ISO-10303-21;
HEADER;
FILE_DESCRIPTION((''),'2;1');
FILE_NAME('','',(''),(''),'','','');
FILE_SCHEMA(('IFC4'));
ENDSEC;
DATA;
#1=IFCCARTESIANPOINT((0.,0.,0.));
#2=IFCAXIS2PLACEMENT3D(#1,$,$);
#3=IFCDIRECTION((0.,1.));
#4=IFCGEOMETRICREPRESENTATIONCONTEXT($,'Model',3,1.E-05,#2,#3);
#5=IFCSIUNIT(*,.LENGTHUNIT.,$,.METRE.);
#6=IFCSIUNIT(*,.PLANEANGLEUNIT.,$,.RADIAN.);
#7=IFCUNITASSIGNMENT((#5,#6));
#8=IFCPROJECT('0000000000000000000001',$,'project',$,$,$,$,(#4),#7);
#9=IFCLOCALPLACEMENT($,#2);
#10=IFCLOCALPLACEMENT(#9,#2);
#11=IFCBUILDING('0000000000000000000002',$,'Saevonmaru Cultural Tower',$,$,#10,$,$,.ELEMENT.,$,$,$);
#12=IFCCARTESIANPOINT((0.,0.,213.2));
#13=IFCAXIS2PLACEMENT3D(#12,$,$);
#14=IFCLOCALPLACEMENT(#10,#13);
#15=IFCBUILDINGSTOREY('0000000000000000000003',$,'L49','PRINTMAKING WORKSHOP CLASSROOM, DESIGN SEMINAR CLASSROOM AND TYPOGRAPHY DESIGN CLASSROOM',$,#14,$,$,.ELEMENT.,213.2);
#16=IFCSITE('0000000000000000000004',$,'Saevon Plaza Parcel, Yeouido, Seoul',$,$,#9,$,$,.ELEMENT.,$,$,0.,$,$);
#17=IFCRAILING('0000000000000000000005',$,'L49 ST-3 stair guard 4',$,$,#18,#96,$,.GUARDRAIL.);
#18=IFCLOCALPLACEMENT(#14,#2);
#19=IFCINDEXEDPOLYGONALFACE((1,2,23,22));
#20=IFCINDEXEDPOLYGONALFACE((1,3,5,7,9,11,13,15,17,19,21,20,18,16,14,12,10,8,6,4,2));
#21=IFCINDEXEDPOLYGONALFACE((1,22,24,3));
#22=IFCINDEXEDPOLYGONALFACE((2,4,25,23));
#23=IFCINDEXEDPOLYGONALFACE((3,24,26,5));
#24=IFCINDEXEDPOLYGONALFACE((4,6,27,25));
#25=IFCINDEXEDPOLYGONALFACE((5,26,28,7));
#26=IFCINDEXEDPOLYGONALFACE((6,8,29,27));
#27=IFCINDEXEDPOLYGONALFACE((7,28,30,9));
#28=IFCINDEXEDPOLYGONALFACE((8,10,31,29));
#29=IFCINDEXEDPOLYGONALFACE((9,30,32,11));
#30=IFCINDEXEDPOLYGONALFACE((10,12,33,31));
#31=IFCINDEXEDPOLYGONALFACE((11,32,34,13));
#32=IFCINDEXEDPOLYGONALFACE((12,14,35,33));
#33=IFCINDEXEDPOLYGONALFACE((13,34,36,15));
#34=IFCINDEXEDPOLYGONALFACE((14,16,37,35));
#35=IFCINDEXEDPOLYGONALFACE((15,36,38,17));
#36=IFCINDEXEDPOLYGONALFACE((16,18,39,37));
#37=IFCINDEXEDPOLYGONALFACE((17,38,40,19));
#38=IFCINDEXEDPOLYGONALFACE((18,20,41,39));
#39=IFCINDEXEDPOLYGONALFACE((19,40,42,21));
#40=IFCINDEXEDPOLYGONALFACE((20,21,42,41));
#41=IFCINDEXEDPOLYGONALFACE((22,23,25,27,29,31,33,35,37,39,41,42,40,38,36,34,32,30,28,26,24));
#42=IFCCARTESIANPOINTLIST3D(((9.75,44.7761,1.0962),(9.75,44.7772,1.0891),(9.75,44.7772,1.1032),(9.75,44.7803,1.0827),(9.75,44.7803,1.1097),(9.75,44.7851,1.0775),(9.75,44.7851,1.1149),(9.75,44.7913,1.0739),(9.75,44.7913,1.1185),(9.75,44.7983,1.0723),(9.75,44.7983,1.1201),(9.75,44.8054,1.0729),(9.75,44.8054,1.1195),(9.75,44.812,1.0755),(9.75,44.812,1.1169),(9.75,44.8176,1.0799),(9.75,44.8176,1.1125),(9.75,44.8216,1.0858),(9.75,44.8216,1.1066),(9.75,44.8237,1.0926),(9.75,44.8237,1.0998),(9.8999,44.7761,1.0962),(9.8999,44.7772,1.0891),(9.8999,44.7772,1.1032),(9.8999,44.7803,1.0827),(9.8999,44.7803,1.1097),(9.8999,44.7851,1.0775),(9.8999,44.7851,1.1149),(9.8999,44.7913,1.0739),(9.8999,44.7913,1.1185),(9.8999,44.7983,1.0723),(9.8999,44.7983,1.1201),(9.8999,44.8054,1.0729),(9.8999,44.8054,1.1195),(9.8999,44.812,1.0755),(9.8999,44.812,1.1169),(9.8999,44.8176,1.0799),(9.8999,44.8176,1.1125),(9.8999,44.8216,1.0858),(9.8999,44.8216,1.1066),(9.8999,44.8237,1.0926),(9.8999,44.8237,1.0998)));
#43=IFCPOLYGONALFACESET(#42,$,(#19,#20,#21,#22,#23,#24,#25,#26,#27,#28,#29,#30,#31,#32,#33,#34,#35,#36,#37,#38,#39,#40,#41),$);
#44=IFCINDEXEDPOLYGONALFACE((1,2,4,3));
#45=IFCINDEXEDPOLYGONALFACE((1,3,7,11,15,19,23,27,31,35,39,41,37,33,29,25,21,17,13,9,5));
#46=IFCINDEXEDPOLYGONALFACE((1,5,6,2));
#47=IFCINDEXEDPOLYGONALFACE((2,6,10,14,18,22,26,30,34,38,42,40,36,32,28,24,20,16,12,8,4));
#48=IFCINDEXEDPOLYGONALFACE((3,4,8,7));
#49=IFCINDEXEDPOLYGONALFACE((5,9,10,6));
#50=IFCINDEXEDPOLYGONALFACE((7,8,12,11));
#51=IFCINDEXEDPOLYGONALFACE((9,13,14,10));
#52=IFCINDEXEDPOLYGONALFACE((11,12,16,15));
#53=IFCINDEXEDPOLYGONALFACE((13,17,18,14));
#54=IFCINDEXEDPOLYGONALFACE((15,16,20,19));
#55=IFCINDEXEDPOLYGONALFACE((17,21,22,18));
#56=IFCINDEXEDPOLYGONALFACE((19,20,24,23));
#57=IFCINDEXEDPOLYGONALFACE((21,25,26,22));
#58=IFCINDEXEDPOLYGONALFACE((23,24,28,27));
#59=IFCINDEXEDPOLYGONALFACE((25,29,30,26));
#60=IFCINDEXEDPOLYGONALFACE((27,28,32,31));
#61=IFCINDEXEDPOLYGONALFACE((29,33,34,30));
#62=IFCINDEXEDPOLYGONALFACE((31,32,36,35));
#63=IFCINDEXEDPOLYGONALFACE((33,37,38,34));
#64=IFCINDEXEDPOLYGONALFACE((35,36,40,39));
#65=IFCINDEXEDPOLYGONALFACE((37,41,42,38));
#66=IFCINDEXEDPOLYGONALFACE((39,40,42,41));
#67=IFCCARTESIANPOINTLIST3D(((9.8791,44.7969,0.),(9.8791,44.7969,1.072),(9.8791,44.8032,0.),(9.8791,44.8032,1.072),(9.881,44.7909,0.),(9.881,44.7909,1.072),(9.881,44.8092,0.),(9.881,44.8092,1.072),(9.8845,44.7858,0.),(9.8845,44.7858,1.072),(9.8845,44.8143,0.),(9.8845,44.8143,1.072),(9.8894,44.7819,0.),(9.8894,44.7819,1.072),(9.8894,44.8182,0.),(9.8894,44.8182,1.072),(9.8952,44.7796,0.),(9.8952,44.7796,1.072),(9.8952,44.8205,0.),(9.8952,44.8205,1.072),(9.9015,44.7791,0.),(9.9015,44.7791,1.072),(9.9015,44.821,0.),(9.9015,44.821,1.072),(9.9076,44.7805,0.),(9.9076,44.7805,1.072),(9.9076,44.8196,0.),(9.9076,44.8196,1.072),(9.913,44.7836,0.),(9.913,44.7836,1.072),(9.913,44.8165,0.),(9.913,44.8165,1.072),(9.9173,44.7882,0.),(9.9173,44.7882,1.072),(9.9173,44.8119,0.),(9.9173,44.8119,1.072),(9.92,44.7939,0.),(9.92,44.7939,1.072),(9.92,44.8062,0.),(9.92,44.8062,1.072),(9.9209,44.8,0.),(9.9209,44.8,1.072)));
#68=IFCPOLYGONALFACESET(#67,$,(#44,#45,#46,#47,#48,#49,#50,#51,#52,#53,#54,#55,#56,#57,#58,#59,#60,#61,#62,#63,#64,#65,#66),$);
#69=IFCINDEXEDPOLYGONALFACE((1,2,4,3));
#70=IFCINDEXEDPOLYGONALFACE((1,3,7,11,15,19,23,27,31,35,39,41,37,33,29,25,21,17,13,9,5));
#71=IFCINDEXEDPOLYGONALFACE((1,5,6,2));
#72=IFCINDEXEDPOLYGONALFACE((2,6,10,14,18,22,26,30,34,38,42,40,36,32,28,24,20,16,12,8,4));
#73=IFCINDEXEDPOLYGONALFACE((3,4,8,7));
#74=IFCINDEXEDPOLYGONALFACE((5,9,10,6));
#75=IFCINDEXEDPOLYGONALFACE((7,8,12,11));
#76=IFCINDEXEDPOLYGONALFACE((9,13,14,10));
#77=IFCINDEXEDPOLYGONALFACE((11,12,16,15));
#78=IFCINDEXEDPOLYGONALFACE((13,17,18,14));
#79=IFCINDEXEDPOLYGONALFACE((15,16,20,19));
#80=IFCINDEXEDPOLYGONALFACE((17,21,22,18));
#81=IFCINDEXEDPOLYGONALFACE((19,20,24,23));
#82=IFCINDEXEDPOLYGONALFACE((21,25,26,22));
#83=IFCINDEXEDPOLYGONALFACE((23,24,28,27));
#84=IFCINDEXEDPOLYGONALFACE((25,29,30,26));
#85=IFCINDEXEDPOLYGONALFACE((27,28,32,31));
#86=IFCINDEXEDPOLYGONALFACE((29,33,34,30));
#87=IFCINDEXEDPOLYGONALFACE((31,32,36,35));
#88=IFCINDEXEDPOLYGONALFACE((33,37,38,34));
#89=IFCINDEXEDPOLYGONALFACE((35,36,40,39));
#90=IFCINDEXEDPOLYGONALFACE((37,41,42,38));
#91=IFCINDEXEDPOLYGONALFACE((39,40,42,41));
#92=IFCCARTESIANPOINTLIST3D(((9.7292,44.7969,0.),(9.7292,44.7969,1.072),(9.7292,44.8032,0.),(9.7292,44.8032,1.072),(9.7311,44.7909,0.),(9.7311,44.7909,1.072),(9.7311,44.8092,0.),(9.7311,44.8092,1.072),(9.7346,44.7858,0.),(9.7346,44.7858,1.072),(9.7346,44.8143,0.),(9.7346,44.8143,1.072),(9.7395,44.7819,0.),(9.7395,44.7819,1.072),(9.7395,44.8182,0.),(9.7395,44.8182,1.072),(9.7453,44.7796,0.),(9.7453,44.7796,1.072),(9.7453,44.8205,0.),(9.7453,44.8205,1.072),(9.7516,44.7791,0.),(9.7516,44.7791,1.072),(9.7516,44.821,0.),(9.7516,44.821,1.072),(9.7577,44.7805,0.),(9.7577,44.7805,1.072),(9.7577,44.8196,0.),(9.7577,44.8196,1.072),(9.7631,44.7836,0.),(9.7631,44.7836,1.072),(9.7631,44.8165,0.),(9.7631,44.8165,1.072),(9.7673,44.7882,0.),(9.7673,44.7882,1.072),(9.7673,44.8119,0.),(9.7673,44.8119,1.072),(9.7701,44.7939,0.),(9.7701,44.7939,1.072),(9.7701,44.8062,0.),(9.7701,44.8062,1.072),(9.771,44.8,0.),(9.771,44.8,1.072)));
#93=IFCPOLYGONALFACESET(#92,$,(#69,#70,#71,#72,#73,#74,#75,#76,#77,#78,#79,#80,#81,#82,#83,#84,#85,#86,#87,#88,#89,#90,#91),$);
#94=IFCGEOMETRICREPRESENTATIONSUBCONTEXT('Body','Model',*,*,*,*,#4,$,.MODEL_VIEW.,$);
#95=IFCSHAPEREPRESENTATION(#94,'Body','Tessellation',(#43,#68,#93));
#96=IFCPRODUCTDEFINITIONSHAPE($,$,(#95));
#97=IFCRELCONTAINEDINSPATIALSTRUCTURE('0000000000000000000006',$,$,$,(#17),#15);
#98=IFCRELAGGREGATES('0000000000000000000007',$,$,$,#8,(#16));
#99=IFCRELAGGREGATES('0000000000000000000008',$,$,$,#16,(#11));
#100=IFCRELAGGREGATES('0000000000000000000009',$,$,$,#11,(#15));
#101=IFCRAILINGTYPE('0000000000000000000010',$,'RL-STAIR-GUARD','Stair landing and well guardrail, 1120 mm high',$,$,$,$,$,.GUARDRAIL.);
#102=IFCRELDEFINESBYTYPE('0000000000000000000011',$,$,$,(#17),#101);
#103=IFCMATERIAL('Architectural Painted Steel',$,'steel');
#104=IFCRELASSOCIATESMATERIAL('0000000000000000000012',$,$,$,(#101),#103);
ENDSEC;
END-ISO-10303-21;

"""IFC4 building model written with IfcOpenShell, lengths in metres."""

from ifc_helpers import new_model, si_unit, direction, frame, origin, origin_2d, place, context, subcontext, project, spatial, circle, extrude, material, type_object, element, save


model = new_model("IFC4")

# Units and contexts
model_context = context("Model", 3, precision=1e-05, world=origin(), true_north=direction((0.0, 1.0)))
body_context = subcontext(model_context, "Body", "Model", "MODEL_VIEW")
ifc_project = project(units=[si_unit("LENGTHUNIT", "METRE"), si_unit("PLANEANGLEUNIT", "RADIAN")], contexts=[model_context])

# Site, building, storey
site_placement = place(None, origin())
site = spatial("IfcSite", under=ifc_project, at=site_placement, Name="Saevon Plaza Parcel, Yeouido, Seoul", CompositionType="ELEMENT", RefElevation=0.0)
building_placement = place(site_placement, origin())
building = spatial("IfcBuilding", under=site, at=building_placement, Name="Saevonmaru Cultural Tower", CompositionType="ELEMENT")
storey_placement = place(building_placement, frame((0.0, 0.0, 213.2)))
storey = spatial("IfcBuildingStorey", under=building, at=storey_placement, Name="L49", Description="PRINTMAKING WORKSHOP CLASSROOM, DESIGN SEMINAR CLASSROOM AND TYPOGRAPHY DESIGN CLASSROOM", CompositionType="ELEMENT", Elevation=213.2)

# Railing
ifc_material_1 = material(Name="Architectural Painted Steel", Category="steel")
railing_type_1 = type_object("IfcRailingType", Name="RL-STAIR-GUARD", Description="Stair landing and well guardrail, 1120 mm high", PredefinedType="GUARDRAIL", material=ifc_material_1)
railing_1_placement = place(storey_placement, frame((9.8999, 44.8, 0.0)))
element("IfcRailing", 1, at=railing_1_placement, inside=storey, type_object=railing_type_1, Name="L49 ST-3 stair guard 4", PredefinedType="GUARDRAIL", context=body_context, shape_type="SweptSolid", body=[
    extrude(circle(Radius=0.0239, at=origin_2d()), frame((0.0, 0.0, 1.0962), z_axis=(-1.0, 0.0, 0.0), x_axis=(0.0, -1.0, 0.0)), (0.0, 0.0, 1.0), 0.1499),
    extrude(circle(Radius=0.021, at=origin_2d()), origin(), (0.0, 0.0, 1.0), 1.072),
    extrude(circle(Radius=0.021, at=origin_2d()), frame((-0.1499, 0.0, 0.0)), (0.0, 0.0, 1.0), 1.072),
])

save(model, "model.ifc")
